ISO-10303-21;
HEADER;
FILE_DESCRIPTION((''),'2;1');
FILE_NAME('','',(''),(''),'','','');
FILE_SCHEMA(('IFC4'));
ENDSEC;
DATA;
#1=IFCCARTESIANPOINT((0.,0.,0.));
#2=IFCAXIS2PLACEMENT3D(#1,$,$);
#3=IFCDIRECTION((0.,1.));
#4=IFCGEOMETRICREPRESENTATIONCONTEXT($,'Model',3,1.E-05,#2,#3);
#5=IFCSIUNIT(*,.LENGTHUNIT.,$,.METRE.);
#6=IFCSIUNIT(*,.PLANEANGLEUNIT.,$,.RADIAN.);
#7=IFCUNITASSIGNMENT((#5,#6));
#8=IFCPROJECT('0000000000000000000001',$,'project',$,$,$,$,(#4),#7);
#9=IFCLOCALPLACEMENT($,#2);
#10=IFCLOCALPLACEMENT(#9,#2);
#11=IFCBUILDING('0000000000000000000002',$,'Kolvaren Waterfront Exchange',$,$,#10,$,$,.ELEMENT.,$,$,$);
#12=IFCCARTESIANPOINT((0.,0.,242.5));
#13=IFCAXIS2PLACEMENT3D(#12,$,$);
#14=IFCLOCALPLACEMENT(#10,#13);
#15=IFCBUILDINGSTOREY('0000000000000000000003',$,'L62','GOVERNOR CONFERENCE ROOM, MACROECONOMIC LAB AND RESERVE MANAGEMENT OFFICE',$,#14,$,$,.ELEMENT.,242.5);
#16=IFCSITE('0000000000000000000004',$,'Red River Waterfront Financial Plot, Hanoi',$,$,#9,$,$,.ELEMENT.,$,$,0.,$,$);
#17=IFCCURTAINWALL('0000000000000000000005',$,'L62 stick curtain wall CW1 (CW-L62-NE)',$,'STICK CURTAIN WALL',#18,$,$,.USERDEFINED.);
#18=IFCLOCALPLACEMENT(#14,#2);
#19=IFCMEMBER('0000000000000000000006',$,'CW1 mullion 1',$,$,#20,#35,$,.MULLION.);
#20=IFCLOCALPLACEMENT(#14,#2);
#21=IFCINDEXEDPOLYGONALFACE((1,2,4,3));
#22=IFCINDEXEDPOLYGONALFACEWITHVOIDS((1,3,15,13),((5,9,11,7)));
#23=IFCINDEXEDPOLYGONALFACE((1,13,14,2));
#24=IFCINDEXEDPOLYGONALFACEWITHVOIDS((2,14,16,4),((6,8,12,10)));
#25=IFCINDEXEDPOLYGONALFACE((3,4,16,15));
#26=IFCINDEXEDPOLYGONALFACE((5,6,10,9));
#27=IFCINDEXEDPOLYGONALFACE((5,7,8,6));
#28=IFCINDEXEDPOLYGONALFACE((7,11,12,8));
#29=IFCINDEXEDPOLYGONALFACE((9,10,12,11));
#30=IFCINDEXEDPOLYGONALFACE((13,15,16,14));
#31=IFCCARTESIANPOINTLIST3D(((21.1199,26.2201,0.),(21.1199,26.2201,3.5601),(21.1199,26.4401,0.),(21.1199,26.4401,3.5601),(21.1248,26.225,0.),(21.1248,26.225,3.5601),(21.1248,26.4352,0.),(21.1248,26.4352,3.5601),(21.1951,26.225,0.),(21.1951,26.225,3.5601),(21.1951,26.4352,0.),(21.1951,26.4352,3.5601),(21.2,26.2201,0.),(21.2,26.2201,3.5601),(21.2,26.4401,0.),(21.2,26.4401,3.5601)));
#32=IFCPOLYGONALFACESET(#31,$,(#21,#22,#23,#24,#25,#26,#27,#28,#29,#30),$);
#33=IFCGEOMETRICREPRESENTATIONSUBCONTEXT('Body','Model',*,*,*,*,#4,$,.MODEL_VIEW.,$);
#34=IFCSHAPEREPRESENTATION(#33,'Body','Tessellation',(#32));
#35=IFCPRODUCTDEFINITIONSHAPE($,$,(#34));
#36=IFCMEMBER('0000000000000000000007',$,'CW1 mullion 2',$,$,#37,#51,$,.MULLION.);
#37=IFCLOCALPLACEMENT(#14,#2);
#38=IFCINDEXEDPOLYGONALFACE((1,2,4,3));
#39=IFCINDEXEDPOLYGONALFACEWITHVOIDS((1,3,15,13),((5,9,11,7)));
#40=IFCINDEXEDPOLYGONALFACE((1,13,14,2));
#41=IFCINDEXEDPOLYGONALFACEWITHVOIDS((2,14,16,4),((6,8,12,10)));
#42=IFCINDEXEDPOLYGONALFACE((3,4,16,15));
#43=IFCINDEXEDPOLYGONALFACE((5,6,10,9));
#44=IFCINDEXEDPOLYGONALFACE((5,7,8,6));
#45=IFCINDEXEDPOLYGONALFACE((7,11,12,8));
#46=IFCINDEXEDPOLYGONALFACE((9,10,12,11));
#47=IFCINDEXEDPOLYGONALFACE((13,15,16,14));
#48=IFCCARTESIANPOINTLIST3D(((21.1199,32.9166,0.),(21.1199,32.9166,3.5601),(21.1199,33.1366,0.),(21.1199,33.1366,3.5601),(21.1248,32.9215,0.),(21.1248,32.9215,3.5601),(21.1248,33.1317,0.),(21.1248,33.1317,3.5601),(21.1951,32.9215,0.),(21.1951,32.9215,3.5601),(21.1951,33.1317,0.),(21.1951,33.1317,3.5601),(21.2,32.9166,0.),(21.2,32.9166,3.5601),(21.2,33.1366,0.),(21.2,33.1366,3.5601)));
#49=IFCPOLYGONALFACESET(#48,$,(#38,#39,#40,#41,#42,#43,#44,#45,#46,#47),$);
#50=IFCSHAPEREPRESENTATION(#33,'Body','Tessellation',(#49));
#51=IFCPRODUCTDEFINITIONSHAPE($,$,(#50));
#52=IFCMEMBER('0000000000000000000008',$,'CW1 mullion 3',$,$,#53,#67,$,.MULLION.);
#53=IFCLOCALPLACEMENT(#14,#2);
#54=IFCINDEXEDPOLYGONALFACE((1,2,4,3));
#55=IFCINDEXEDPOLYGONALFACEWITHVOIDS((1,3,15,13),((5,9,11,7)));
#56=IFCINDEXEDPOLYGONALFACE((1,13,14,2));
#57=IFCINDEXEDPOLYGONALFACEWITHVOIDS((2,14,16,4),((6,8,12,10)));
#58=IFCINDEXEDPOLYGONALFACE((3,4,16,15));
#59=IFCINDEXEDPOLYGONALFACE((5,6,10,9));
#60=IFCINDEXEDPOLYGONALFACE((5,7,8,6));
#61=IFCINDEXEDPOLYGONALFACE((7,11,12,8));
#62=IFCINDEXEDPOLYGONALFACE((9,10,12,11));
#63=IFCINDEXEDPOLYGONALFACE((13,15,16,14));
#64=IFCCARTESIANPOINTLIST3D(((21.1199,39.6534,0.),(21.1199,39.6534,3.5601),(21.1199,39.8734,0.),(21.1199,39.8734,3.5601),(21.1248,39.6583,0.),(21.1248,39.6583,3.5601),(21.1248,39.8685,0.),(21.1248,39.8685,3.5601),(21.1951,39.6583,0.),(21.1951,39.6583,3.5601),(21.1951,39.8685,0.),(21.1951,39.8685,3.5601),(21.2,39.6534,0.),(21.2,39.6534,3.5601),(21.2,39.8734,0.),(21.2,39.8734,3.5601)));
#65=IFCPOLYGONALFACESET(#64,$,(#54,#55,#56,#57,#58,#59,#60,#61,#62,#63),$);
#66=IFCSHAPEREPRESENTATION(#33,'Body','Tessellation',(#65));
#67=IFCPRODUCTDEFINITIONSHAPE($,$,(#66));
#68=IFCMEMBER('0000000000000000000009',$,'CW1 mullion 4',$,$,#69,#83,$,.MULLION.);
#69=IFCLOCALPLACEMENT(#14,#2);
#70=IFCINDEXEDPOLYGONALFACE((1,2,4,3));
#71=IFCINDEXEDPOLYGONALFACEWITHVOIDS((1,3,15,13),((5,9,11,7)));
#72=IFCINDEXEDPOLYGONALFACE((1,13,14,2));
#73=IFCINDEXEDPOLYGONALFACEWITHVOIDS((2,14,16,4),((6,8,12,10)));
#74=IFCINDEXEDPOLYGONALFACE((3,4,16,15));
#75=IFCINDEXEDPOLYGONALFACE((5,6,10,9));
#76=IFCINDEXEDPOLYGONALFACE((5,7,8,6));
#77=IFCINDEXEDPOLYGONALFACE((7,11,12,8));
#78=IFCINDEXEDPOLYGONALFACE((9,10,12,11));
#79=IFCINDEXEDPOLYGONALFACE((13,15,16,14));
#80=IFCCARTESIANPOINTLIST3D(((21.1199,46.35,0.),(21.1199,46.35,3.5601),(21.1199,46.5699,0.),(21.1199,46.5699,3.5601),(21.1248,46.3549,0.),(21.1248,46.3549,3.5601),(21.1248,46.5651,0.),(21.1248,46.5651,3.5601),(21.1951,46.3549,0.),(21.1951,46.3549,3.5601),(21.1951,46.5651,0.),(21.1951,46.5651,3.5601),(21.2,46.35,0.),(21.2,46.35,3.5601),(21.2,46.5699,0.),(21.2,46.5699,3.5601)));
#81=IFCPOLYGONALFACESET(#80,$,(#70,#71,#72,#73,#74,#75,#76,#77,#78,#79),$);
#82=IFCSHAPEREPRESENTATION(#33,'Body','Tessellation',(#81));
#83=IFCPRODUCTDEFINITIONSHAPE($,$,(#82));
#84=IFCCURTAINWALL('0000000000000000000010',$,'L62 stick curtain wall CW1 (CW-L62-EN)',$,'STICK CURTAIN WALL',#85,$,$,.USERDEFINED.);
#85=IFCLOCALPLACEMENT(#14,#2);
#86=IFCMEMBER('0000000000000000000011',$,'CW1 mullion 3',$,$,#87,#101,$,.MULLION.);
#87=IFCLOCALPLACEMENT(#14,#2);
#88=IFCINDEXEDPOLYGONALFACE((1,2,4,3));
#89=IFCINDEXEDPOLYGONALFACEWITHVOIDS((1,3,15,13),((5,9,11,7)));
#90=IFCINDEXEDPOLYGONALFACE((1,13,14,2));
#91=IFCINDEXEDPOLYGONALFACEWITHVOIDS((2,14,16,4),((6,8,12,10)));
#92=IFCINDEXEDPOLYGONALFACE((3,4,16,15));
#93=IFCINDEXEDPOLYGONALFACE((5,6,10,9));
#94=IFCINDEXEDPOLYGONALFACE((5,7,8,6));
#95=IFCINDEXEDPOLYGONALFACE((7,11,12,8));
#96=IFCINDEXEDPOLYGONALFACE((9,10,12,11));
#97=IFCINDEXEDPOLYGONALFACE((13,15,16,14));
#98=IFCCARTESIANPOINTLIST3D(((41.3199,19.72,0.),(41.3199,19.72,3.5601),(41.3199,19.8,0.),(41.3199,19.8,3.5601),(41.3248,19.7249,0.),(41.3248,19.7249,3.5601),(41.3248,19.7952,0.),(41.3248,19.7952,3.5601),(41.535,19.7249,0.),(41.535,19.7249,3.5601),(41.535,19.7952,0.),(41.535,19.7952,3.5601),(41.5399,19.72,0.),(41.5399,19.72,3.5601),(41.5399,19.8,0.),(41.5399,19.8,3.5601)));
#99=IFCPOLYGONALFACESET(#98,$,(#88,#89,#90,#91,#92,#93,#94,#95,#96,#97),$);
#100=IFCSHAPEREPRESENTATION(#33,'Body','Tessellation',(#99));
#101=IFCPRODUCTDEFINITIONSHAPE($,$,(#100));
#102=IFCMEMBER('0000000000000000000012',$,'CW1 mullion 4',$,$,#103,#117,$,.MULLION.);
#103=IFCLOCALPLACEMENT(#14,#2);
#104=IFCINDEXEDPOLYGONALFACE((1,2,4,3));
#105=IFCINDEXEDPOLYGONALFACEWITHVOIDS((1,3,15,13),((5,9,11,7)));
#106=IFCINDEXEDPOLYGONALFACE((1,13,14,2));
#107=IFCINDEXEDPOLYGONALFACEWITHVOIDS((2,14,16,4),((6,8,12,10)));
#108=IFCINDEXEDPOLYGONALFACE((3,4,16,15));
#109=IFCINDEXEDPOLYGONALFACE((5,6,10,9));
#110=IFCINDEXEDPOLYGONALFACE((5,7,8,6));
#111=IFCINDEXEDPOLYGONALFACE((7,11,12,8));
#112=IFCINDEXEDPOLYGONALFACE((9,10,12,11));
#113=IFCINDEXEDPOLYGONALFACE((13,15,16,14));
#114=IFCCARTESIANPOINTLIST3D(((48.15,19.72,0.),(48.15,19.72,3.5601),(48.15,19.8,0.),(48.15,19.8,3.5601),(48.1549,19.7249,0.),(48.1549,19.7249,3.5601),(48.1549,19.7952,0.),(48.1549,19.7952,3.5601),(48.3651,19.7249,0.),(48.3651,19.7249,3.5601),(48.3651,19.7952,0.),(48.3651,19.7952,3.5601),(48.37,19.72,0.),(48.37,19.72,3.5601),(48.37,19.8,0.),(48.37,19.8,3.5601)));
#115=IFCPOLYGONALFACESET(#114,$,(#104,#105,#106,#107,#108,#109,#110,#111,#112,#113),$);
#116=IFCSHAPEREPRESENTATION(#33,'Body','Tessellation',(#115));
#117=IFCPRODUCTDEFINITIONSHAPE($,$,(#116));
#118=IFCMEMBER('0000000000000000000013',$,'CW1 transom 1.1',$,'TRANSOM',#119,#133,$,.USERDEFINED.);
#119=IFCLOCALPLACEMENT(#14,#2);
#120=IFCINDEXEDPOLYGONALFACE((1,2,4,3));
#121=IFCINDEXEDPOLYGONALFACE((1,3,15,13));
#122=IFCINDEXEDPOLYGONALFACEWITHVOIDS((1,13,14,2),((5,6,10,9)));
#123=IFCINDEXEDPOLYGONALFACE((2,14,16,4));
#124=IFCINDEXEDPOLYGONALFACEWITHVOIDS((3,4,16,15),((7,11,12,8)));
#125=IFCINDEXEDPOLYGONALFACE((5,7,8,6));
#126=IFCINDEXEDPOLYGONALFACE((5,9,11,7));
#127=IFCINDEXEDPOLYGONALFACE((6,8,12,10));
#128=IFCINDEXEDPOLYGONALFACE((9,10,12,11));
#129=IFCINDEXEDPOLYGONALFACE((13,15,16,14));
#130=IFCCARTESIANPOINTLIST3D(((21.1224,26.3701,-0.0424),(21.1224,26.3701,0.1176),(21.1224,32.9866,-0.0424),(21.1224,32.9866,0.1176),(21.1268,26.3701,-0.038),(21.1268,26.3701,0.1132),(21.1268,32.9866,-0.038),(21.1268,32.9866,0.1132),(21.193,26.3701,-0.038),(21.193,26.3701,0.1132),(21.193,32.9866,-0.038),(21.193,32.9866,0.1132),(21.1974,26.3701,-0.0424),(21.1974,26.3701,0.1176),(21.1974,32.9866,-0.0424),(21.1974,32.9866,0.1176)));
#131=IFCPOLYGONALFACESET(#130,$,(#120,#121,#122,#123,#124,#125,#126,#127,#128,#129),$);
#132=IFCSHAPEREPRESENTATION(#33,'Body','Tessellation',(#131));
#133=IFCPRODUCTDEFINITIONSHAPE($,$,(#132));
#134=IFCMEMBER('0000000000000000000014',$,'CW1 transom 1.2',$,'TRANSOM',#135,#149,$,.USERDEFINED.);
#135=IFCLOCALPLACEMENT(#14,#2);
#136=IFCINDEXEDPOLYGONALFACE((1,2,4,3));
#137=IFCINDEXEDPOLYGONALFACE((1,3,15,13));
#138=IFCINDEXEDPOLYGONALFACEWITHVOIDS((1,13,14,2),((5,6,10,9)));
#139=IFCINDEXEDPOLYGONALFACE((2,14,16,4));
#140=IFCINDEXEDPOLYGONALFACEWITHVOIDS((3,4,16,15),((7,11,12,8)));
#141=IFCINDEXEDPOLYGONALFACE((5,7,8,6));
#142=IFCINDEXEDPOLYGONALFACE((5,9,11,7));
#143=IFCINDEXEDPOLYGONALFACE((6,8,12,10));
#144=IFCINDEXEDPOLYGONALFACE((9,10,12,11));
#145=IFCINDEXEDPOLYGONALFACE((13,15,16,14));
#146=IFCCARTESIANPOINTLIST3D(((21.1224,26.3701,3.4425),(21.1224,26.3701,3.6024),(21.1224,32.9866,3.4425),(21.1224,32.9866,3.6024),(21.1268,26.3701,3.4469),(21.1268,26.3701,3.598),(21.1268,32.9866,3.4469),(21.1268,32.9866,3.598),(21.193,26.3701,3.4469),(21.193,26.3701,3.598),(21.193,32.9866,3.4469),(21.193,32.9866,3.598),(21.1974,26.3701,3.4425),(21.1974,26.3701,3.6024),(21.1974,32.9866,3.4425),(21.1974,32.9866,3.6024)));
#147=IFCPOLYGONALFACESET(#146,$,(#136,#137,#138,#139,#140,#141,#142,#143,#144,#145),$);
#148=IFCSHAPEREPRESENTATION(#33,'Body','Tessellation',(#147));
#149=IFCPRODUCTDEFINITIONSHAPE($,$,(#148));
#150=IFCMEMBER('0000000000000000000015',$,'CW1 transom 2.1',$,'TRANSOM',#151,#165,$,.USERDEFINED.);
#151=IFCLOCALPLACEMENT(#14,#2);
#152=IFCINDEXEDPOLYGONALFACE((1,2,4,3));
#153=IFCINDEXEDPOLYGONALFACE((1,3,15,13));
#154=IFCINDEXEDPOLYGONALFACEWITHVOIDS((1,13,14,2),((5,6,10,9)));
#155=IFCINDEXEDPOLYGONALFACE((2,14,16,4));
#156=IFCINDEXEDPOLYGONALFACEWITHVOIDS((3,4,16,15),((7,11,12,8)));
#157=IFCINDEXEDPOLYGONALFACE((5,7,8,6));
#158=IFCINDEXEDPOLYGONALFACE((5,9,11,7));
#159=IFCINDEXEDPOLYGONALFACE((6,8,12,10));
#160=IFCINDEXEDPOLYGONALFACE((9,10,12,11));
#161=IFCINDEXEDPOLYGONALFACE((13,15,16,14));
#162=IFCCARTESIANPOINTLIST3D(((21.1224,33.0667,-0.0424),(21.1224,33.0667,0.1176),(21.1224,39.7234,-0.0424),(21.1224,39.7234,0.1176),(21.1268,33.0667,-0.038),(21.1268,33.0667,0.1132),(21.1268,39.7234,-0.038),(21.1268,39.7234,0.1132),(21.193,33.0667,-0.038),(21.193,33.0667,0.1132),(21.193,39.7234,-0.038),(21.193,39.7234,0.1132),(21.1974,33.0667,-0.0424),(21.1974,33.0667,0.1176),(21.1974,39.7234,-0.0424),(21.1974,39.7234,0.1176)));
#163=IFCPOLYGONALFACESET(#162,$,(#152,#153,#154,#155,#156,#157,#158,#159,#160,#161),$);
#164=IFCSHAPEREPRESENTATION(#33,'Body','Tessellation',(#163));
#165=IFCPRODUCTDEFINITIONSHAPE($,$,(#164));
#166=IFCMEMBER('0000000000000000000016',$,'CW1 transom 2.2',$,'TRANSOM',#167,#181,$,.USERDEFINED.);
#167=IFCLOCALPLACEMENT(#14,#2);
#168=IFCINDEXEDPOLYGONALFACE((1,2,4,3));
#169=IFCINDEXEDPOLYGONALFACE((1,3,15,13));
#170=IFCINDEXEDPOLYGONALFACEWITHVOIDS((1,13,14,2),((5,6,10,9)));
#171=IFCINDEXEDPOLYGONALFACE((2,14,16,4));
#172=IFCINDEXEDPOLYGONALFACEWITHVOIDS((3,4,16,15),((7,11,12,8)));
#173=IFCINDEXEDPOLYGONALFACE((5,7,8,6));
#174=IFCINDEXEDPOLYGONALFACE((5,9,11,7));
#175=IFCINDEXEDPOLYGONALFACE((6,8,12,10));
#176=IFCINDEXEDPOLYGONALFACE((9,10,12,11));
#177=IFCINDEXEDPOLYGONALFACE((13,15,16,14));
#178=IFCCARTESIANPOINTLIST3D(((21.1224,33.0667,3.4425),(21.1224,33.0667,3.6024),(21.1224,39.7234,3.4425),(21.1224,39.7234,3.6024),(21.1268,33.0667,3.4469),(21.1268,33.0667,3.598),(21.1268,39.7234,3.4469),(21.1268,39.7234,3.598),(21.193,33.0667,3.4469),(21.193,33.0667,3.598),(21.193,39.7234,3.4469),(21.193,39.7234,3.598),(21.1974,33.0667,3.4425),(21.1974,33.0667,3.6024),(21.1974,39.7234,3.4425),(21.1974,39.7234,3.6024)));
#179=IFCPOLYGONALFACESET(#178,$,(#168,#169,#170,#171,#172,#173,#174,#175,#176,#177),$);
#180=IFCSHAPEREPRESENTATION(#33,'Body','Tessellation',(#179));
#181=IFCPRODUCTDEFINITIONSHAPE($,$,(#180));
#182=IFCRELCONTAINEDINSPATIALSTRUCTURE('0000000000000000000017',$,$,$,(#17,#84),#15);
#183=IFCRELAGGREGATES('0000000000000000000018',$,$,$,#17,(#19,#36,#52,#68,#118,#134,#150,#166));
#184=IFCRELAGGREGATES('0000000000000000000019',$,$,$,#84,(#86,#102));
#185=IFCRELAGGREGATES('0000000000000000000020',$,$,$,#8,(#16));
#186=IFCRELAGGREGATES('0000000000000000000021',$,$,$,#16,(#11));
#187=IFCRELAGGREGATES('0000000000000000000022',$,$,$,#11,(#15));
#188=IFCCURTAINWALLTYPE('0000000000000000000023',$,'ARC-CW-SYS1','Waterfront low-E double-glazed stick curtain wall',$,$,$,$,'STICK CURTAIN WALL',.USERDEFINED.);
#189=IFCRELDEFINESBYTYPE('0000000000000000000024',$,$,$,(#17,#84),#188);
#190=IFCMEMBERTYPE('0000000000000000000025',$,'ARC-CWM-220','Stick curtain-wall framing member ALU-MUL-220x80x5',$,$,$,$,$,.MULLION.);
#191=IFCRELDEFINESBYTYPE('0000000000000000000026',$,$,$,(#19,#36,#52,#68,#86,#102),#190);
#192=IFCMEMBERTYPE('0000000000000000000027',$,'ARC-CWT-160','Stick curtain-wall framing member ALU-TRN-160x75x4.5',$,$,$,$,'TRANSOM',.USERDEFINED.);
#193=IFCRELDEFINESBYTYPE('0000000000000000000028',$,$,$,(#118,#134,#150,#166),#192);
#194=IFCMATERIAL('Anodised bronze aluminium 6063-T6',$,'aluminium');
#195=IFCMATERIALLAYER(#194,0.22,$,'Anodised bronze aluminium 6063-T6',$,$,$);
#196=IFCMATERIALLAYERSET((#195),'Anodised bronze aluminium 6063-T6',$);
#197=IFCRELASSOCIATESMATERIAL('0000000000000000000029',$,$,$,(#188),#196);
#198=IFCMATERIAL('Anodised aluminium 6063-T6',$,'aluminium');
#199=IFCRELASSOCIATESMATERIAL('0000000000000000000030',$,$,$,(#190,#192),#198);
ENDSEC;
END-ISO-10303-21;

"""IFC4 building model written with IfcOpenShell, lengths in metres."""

from ifc_helpers import new_model, si_unit, direction, frame, origin, origin_with_axes, origin_2d, place, context, subcontext, project, spatial, hollow_rectangle, extrude, source, transform, mapped, material, layer, layer_set, material_profile, profile_set, type_object, element, aggregate, save


model = new_model("IFC4")

# Units and contexts
model_context = context("Model", 3, precision=1e-05, world=origin(), true_north=direction((0.0, 1.0)))
body_context = subcontext(model_context, "Body", "Model", "MODEL_VIEW")
ifc_project = project(units=[si_unit("LENGTHUNIT", "METRE"), si_unit("PLANEANGLEUNIT", "RADIAN")], contexts=[model_context])

# Site, building, storey
site_placement = place(None, origin())
site = spatial("IfcSite", under=ifc_project, at=site_placement, Name="Red River Waterfront Financial Plot, Hanoi", CompositionType="ELEMENT", RefElevation=0.0)
building_placement = place(site_placement, origin())
building = spatial("IfcBuilding", under=site, at=building_placement, Name="Kolvaren Waterfront Exchange", CompositionType="ELEMENT")
storey_placement = place(building_placement, frame((0.0, 0.0, 242.5)))
storey = spatial("IfcBuildingStorey", under=building, at=storey_placement, Name="L62", Description="GOVERNOR CONFERENCE ROOM, MACROECONOMIC LAB AND RESERVE MANAGEMENT OFFICE", CompositionType="ELEMENT", Elevation=242.5)

# Curtain walls, members
ifc_material_1 = material(Name="Anodised bronze aluminium 6063-T6", Category="aluminium")
ifc_layer_1 = layer(ifc_material_1, 0.22, Name="Anodised bronze aluminium 6063-T6")
ifc_layer_set_1 = layer_set([ifc_layer_1], Name="Anodised bronze aluminium 6063-T6")
curtain_wall_type = type_object("IfcCurtainWallType", Name="ARC-CW-SYS1", Description="Waterfront low-E double-glazed stick curtain wall", ElementType="STICK CURTAIN WALL", PredefinedType="USERDEFINED", material=ifc_layer_set_1)
curtain_wall_1_placement = place(storey_placement, origin())
curtain_wall_1 = element("IfcCurtainWall", 1, at=curtain_wall_1_placement, inside=storey, type_object=curtain_wall_type, Name="L62 stick curtain wall CW1 (CW-L62-NE)", ObjectType="STICK CURTAIN WALL", PredefinedType="USERDEFINED")
ifc_material_2 = material(Name="Anodised aluminium 6063-T6", Category="aluminium")
ifc_material_profile_1 = material_profile(ifc_material_2, hollow_rectangle(XDim=0.0801, YDim=0.22, WallThickness=0.0049, at=origin_2d()), Name="ALU-MUL-220x80x5")
ifc_profile_set_1 = profile_set([ifc_material_profile_1], Name="Anodised aluminium 6063-T6")
member_type_1 = type_object("IfcMemberType", Name="ARC-CWM-220", Description="Stick curtain-wall framing member ALU-MUL-220x80x5", PredefinedType="MULLION", material=ifc_profile_set_1)
shared_shape_1 = source(origin_with_axes(), body_context, "Body", "SweptSolid", [
    extrude(hollow_rectangle(XDim=0.0801, YDim=0.22, WallThickness=0.0049, at=origin_2d()), origin(), (0.0, 0.0, 1.0), 3.5601),
])
member_1_placement = place(storey_placement, frame((21.1599, 26.3301, 0.0), z_axis=(0.0, 0.0, 1.0), x_axis=(-1.0, 0.0, 0.0)))
member_1 = element("IfcMember", 2, at=member_1_placement, type_object=member_type_1, Name="CW1 mullion 1", PredefinedType="MULLION", context=body_context, shape_type="MappedRepresentation", body=[
    mapped(shared_shape_1, transform((0.0, 0.0, 0.0), x_axis=(1.0, 0.0, 0.0), y_axis=(0.0, 1.0, 0.0), z_axis=(0.0, 0.0, 1.0), scale=1.0)),
])
member_2_placement = place(storey_placement, frame((21.1599, 33.0266, 0.0), z_axis=(0.0, 0.0, 1.0), x_axis=(-1.0, 0.0, 0.0)))
member_2 = element("IfcMember", 3, at=member_2_placement, type_object=member_type_1, Name="CW1 mullion 2", PredefinedType="MULLION", context=body_context, shape_type="MappedRepresentation", body=[
    mapped(shared_shape_1, transform((0.0, 0.0, 0.0), x_axis=(1.0, 0.0, 0.0), y_axis=(0.0, 1.0, 0.0), z_axis=(0.0, 0.0, 1.0), scale=1.0)),
])
member_3_placement = place(storey_placement, frame((21.1599, 39.7634, 0.0), z_axis=(0.0, 0.0, 1.0), x_axis=(-1.0, 0.0, 0.0)))
member_3 = element("IfcMember", 4, at=member_3_placement, type_object=member_type_1, Name="CW1 mullion 3", PredefinedType="MULLION", context=body_context, shape_type="MappedRepresentation", body=[
    mapped(shared_shape_1, transform((0.0, 0.0, 0.0), x_axis=(1.0, 0.0, 0.0), y_axis=(0.0, 1.0, 0.0), z_axis=(0.0, 0.0, 1.0), scale=1.0)),
])
member_4_placement = place(storey_placement, frame((21.1599, 46.46, 0.0), z_axis=(0.0, 0.0, 1.0), x_axis=(-1.0, 0.0, 0.0)))
member_4 = element("IfcMember", 5, at=member_4_placement, type_object=member_type_1, Name="CW1 mullion 4", PredefinedType="MULLION", context=body_context, shape_type="MappedRepresentation", body=[
    mapped(shared_shape_1, transform((0.0, 0.0, 0.0), x_axis=(1.0, 0.0, 0.0), y_axis=(0.0, 1.0, 0.0), z_axis=(0.0, 0.0, 1.0), scale=1.0)),
])
curtain_wall_2_placement = place(storey_placement, origin())
curtain_wall_2 = element("IfcCurtainWall", 6, at=curtain_wall_2_placement, inside=storey, type_object=curtain_wall_type, Name="L62 stick curtain wall CW1 (CW-L62-EN)", ObjectType="STICK CURTAIN WALL", PredefinedType="USERDEFINED")
member_5_placement = place(storey_placement, frame((41.4299, 19.76, 0.0), z_axis=(0.0, 0.0, 1.0), x_axis=(0.0, 1.0, 0.0)))
member_5 = element("IfcMember", 7, at=member_5_placement, type_object=member_type_1, Name="CW1 mullion 3", PredefinedType="MULLION", context=body_context, shape_type="MappedRepresentation", body=[
    mapped(shared_shape_1, transform((0.0, 0.0, 0.0), x_axis=(1.0, 0.0, 0.0), y_axis=(0.0, 1.0, 0.0), z_axis=(0.0, 0.0, 1.0), scale=1.0)),
])
member_6_placement = place(storey_placement, frame((48.26, 19.76, 0.0), z_axis=(0.0, 0.0, 1.0), x_axis=(0.0, 1.0, 0.0)))
member_6 = element("IfcMember", 8, at=member_6_placement, type_object=member_type_1, Name="CW1 mullion 4", PredefinedType="MULLION", context=body_context, shape_type="MappedRepresentation", body=[
    mapped(shared_shape_1, transform((0.0, 0.0, 0.0), x_axis=(1.0, 0.0, 0.0), y_axis=(0.0, 1.0, 0.0), z_axis=(0.0, 0.0, 1.0), scale=1.0)),
])

# Members
ifc_material_profile_2 = material_profile(ifc_material_2, hollow_rectangle(XDim=0.075, YDim=0.1599, WallThickness=0.0044, at=origin_2d()), Name="ALU-TRN-160x75x4.5")
ifc_profile_set_2 = profile_set([ifc_material_profile_2], Name="Anodised aluminium 6063-T6")
member_type_2 = type_object("IfcMemberType", Name="ARC-CWT-160", Description="Stick curtain-wall framing member ALU-TRN-160x75x4.5", ElementType="TRANSOM", PredefinedType="USERDEFINED", material=ifc_profile_set_2)
shared_shape_2 = source(origin_with_axes(), body_context, "Body", "SweptSolid", [
    extrude(hollow_rectangle(XDim=0.075, YDim=0.1599, WallThickness=0.0044, at=origin_2d()), origin(), (0.0, 0.0, 1.0), 6.6165),
])
member_7_placement = place(storey_placement, frame((21.1599, 26.3701, 0.0376), z_axis=(0.0, 1.0, 0.0), x_axis=(-1.0, 0.0, 0.0)))
member_7 = element("IfcMember", 9, at=member_7_placement, type_object=member_type_2, Name="CW1 transom 1.1", ObjectType="TRANSOM", PredefinedType="USERDEFINED", context=body_context, shape_type="MappedRepresentation", body=[
    mapped(shared_shape_2, transform((0.0, 0.0, 0.0), x_axis=(1.0, 0.0, 0.0), y_axis=(0.0, 1.0, 0.0), z_axis=(0.0, 0.0, 1.0), scale=1.0)),
])
member_8_placement = place(storey_placement, frame((21.1599, 26.3701, 3.5225), z_axis=(0.0, 1.0, 0.0), x_axis=(-1.0, 0.0, 0.0)))
member_8 = element("IfcMember", 10, at=member_8_placement, type_object=member_type_2, Name="CW1 transom 1.2", ObjectType="TRANSOM", PredefinedType="USERDEFINED", context=body_context, shape_type="MappedRepresentation", body=[
    mapped(shared_shape_2, transform((0.0, 0.0, 0.0), x_axis=(1.0, 0.0, 0.0), y_axis=(0.0, 1.0, 0.0), z_axis=(0.0, 0.0, 1.0), scale=1.0)),
])
shared_shape_3 = source(origin_with_axes(), body_context, "Body", "SweptSolid", [
    extrude(hollow_rectangle(XDim=0.075, YDim=0.1599, WallThickness=0.0044, at=origin_2d()), origin(), (0.0, 0.0, 1.0), 6.6567),
])
member_9_placement = place(storey_placement, frame((21.1599, 33.0667, 0.0376), z_axis=(0.0, 1.0, 0.0), x_axis=(-1.0, 0.0, 0.0)))
member_9 = element("IfcMember", 11, at=member_9_placement, type_object=member_type_2, Name="CW1 transom 2.1", ObjectType="TRANSOM", PredefinedType="USERDEFINED", context=body_context, shape_type="MappedRepresentation", body=[
    mapped(shared_shape_3, transform((0.0, 0.0, 0.0), x_axis=(1.0, 0.0, 0.0), y_axis=(0.0, 1.0, 0.0), z_axis=(0.0, 0.0, 1.0), scale=1.0)),
])
member_10_placement = place(storey_placement, frame((21.1599, 33.0667, 3.5225), z_axis=(0.0, 1.0, 0.0), x_axis=(-1.0, 0.0, 0.0)))
member_10 = element("IfcMember", 12, at=member_10_placement, type_object=member_type_2, Name="CW1 transom 2.2", ObjectType="TRANSOM", PredefinedType="USERDEFINED", context=body_context, shape_type="MappedRepresentation", body=[
    mapped(shared_shape_3, transform((0.0, 0.0, 0.0), x_axis=(1.0, 0.0, 0.0), y_axis=(0.0, 1.0, 0.0), z_axis=(0.0, 0.0, 1.0), scale=1.0)),
])

aggregate(curtain_wall_1, [member_1, member_2, member_3, member_4, member_7, member_8, member_9, member_10])
aggregate(curtain_wall_2, [member_5, member_6])

save(model, "model.ifc")
